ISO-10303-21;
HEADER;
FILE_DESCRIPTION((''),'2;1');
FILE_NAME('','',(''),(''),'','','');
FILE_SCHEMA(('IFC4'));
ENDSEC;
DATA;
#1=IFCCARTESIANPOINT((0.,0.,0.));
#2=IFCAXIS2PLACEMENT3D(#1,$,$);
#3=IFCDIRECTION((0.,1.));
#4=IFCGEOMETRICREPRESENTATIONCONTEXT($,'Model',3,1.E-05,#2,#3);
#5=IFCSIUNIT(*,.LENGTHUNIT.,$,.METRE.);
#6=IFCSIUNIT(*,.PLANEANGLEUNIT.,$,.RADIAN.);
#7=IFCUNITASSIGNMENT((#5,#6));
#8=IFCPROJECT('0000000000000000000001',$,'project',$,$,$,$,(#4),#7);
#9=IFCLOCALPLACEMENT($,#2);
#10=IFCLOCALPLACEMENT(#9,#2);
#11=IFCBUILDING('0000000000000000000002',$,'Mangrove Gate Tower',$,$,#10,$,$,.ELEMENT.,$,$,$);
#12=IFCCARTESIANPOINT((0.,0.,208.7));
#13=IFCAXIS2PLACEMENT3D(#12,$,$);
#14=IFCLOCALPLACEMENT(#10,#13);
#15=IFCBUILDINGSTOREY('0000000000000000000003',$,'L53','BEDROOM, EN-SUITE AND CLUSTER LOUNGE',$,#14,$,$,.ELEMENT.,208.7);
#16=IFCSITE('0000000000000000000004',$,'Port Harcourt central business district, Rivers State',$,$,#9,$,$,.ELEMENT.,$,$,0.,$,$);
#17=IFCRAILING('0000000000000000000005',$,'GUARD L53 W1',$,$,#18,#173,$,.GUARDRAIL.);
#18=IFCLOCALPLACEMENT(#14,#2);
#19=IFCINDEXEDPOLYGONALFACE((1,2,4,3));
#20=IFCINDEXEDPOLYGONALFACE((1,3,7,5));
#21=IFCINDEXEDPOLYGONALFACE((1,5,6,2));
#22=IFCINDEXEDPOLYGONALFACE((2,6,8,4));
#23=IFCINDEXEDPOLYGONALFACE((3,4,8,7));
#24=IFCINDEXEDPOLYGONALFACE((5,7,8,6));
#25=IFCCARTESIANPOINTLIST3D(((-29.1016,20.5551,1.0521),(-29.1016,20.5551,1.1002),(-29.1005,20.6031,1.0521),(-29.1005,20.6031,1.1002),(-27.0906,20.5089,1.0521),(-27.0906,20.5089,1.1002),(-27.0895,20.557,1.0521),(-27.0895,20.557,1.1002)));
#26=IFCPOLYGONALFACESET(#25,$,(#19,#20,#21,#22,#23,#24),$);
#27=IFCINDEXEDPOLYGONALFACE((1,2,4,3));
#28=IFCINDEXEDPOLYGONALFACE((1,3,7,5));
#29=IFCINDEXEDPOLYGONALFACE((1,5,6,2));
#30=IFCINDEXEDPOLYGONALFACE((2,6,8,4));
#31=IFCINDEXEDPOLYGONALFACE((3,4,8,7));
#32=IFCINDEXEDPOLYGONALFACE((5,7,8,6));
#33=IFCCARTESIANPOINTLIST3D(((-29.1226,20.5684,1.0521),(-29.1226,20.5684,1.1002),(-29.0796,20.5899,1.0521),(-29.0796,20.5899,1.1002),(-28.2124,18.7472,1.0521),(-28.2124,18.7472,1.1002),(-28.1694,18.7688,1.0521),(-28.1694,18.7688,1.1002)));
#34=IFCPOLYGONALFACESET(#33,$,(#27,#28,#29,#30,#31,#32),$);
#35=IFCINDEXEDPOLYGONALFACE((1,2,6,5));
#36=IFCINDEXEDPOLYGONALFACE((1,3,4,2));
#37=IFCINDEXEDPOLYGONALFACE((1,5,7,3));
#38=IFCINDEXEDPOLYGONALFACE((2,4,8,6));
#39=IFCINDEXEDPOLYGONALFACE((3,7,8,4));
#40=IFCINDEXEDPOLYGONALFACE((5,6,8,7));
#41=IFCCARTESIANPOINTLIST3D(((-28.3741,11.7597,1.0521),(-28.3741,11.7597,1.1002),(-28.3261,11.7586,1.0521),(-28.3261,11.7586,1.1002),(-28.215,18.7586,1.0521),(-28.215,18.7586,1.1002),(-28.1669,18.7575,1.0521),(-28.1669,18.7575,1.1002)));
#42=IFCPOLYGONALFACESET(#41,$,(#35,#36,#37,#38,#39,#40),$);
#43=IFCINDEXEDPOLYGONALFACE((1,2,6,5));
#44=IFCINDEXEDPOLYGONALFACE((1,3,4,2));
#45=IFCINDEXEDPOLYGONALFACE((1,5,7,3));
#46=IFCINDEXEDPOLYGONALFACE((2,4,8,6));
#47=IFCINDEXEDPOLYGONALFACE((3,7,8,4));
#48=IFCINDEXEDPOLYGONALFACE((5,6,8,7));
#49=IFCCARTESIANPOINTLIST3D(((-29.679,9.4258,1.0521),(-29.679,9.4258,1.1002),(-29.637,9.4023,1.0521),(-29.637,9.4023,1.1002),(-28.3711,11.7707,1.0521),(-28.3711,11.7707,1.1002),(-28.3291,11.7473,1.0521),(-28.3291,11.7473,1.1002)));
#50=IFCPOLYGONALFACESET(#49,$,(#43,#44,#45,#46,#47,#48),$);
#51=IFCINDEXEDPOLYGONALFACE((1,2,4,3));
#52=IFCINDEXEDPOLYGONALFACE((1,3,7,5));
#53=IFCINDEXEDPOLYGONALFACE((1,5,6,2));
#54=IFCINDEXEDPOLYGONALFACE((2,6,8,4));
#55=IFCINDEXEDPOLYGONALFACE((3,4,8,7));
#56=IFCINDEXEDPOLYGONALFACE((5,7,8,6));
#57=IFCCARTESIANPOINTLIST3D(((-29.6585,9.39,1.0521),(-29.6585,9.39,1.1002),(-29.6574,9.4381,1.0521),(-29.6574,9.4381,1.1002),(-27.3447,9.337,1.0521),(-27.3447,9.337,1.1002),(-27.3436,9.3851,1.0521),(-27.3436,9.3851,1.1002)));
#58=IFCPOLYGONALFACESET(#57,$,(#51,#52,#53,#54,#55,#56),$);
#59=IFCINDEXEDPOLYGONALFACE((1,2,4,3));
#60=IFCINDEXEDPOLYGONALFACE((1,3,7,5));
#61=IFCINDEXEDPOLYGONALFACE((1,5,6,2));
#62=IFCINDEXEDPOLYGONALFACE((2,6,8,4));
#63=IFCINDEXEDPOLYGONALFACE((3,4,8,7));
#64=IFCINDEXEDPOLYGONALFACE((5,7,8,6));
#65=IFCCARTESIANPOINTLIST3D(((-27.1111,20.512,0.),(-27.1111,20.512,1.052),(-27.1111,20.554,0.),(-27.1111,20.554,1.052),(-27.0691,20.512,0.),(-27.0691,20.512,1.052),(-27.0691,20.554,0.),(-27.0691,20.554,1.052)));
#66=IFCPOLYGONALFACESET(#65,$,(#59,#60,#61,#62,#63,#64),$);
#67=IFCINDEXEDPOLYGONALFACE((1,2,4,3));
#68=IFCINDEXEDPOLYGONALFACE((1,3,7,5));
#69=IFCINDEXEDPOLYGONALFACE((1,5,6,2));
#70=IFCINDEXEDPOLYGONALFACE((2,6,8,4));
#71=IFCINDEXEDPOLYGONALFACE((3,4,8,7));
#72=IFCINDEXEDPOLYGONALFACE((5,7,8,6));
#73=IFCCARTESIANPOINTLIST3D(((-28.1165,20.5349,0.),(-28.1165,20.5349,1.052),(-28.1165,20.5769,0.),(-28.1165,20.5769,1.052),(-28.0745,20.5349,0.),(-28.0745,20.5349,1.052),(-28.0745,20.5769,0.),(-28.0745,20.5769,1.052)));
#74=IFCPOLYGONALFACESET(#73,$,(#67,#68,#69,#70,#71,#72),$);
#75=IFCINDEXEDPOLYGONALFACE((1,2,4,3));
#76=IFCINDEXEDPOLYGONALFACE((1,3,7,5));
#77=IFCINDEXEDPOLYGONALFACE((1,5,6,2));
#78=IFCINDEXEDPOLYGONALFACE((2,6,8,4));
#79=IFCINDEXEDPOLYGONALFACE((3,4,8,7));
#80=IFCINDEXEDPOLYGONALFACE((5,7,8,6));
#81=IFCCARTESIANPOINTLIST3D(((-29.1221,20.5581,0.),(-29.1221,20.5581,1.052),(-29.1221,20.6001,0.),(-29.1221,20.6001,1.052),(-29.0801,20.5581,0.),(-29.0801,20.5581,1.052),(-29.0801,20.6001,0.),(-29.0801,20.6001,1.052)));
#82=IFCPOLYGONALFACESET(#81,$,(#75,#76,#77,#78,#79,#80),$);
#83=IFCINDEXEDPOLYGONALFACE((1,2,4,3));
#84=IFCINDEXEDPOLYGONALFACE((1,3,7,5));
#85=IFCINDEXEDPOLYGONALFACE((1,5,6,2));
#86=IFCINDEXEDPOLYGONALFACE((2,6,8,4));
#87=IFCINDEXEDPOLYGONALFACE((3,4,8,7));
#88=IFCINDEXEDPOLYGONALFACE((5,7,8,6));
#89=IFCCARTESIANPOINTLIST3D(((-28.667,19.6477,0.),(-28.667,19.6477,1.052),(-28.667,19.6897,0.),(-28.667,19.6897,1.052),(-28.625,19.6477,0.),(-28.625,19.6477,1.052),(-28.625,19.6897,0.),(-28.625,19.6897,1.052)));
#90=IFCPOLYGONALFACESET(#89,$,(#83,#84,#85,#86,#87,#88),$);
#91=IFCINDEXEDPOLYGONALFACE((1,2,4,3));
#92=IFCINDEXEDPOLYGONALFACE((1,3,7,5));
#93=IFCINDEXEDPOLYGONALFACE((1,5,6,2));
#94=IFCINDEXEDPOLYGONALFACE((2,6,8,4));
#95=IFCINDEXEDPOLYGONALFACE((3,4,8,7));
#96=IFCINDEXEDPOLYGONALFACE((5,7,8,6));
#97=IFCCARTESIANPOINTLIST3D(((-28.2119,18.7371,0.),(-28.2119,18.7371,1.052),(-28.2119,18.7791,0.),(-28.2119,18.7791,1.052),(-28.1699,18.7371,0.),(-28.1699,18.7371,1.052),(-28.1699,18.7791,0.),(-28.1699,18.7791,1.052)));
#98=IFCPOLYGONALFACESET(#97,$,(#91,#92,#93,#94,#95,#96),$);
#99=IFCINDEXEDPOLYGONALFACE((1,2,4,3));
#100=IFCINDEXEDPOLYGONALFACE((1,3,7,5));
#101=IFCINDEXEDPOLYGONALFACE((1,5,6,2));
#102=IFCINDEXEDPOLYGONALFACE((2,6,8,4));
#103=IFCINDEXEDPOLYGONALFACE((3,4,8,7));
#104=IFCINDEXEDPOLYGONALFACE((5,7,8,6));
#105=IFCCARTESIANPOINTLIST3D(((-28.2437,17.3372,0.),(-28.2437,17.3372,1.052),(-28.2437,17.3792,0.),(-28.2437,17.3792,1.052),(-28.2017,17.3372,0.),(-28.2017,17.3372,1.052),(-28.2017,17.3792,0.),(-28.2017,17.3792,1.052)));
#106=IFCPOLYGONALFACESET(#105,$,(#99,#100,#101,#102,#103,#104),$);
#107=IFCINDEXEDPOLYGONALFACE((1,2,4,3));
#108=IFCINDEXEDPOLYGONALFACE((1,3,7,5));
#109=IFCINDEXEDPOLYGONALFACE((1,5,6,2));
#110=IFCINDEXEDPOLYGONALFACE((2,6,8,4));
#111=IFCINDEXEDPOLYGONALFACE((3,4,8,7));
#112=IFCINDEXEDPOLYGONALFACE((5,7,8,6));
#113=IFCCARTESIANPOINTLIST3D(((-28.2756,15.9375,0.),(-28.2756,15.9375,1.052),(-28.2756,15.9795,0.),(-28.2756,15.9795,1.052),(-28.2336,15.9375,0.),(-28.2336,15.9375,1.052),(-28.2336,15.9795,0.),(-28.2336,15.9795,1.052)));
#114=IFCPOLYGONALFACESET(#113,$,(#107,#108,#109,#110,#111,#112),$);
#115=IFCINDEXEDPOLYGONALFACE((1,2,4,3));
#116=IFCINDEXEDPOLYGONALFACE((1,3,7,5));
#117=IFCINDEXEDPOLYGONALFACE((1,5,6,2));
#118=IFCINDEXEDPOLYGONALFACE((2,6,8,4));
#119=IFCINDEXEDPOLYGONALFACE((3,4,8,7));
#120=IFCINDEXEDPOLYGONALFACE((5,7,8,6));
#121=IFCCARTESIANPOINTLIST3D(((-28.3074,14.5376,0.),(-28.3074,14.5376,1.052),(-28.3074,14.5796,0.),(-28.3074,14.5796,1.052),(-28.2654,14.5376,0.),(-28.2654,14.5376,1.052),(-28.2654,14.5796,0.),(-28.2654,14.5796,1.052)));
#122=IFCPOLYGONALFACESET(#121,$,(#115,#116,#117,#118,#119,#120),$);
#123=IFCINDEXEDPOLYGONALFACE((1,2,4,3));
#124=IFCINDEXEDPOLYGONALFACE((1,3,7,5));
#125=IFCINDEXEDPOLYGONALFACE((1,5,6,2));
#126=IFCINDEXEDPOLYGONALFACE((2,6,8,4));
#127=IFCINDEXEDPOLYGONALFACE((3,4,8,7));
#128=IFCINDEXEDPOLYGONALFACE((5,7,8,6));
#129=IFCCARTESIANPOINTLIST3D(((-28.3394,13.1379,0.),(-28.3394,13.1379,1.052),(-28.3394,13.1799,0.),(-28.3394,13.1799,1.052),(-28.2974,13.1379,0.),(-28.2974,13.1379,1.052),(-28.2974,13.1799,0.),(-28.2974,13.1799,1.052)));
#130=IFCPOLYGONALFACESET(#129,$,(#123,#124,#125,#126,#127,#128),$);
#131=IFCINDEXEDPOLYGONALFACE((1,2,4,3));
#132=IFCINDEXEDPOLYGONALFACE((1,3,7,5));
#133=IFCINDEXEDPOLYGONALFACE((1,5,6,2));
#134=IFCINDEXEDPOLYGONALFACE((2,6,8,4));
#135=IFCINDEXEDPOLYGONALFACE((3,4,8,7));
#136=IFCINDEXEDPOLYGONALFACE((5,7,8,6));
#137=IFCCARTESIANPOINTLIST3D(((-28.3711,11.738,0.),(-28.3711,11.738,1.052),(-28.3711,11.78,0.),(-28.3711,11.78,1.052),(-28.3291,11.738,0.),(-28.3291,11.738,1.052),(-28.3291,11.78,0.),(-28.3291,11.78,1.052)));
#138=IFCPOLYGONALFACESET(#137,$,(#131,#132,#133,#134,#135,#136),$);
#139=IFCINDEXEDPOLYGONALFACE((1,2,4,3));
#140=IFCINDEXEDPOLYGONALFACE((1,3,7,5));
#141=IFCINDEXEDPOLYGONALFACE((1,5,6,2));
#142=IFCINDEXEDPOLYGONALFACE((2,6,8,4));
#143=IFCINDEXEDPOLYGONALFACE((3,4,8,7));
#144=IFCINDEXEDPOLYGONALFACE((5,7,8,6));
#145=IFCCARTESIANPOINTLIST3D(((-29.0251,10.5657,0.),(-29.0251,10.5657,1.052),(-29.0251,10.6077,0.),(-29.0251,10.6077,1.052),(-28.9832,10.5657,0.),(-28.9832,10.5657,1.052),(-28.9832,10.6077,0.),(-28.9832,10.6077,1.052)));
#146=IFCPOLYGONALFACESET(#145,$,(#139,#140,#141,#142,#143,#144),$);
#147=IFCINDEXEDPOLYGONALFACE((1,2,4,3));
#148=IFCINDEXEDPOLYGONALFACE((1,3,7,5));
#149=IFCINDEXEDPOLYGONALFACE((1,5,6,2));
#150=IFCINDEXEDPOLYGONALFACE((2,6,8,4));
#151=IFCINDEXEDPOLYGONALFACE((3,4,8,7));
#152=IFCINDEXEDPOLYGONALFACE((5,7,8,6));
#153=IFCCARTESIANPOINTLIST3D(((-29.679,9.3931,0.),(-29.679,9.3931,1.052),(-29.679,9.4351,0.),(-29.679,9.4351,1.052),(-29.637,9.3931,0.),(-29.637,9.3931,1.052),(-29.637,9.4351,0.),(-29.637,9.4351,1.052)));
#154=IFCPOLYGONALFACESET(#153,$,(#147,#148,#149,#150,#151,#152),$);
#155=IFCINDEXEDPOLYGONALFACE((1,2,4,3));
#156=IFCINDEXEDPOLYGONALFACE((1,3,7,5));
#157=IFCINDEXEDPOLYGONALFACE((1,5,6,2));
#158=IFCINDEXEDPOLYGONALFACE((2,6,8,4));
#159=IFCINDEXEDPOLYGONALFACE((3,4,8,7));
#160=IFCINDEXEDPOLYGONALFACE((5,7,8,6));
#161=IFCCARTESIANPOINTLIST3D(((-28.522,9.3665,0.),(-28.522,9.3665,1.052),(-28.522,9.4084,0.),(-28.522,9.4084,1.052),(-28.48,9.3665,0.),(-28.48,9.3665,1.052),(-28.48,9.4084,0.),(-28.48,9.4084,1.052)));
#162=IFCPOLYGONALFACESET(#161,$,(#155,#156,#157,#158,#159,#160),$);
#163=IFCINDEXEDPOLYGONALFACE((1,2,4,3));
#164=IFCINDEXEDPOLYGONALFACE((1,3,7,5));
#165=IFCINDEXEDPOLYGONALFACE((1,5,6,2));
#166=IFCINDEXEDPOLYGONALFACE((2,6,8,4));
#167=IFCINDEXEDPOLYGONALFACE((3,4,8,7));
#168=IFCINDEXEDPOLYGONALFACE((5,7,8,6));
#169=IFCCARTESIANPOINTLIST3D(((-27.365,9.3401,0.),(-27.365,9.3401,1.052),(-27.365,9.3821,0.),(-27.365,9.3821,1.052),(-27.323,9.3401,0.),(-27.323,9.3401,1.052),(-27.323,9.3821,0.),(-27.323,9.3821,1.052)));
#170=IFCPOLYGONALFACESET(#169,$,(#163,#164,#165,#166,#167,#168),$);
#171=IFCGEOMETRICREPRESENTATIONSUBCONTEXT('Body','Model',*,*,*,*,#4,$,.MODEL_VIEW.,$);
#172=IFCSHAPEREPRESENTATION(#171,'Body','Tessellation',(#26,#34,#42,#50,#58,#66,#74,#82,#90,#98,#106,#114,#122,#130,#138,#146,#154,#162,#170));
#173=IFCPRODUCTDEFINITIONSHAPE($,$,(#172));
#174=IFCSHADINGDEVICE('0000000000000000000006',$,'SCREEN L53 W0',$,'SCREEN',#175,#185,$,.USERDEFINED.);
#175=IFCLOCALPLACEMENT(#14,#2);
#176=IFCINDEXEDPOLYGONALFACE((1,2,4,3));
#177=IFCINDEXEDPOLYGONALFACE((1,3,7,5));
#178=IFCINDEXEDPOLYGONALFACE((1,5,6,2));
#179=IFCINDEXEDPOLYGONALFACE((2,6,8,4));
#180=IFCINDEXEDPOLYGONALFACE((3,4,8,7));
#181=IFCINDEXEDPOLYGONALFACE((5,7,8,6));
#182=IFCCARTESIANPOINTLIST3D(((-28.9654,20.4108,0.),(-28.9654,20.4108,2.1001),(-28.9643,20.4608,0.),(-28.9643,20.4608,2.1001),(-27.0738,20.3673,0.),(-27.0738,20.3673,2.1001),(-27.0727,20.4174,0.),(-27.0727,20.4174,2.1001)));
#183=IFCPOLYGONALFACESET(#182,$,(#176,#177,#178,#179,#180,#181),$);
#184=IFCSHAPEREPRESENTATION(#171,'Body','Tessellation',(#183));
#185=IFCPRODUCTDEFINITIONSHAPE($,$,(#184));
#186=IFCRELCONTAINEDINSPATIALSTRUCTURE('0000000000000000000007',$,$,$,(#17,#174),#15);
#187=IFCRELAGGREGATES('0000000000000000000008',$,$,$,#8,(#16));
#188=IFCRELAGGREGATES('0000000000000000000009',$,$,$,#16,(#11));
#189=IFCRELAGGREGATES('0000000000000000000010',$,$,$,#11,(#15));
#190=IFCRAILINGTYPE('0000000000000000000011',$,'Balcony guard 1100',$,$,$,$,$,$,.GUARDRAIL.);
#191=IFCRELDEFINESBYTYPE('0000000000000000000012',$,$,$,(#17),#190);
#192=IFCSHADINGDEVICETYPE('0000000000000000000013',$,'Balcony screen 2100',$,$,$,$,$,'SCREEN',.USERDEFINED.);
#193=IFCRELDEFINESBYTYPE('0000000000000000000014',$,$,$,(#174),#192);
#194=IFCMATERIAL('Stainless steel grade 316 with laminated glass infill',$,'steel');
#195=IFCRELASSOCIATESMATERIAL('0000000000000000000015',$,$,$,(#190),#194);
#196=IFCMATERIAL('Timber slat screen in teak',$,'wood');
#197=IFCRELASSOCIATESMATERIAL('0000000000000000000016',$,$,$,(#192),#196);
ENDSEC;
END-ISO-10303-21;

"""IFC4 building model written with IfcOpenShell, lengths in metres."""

from ifc_helpers import new_model, si_unit, direction, frame, origin, origin_2d, place, context, subcontext, project, spatial, rectangle, extrude, material, type_object, element, save


model = new_model("IFC4")

# Units and contexts
model_context = context("Model", 3, precision=1e-05, world=origin(), true_north=direction((0.0, 1.0)))
body_context = subcontext(model_context, "Body", "Model", "MODEL_VIEW")
ifc_project = project(units=[si_unit("LENGTHUNIT", "METRE"), si_unit("PLANEANGLEUNIT", "RADIAN")], contexts=[model_context])

# Site, building, storey
site_placement = place(None, origin())
site = spatial("IfcSite", under=ifc_project, at=site_placement, Name="Port Harcourt central business district, Rivers State", CompositionType="ELEMENT", RefElevation=0.0)
building_placement = place(site_placement, origin())
building = spatial("IfcBuilding", under=site, at=building_placement, Name="Mangrove Gate Tower", CompositionType="ELEMENT")
storey_placement = place(building_placement, frame((0.0, 0.0, 208.7)))
storey = spatial("IfcBuildingStorey", under=building, at=storey_placement, Name="L53", Description="BEDROOM, EN-SUITE AND CLUSTER LOUNGE", CompositionType="ELEMENT", Elevation=208.7)

# Railing
ifc_material_1 = material(Name="Stainless steel grade 316 with laminated glass infill", Category="steel")
railing_type = type_object("IfcRailingType", Name="Balcony guard 1100", PredefinedType="GUARDRAIL", material=ifc_material_1)
railing_placement = place(storey_placement, frame((-27.0901, 20.533, 0.0)))
element("IfcRailing", 1, at=railing_placement, inside=storey, type_object=railing_type, Name="GUARD L53 W1", PredefinedType="GUARDRAIL", context=body_context, shape_type="SweptSolid", body=[
    extrude(rectangle(XDim=0.0481, YDim=0.0481, at=origin_2d()), frame((0.0, 0.0, 1.0762), z_axis=(-0.999737, 0.022939, 0.0), x_axis=(-0.022939, -0.999737, 0.0)), (0.0, 0.0, 1.0), 2.0115),
    extrude(rectangle(XDim=0.0481, YDim=0.0481, at=origin_2d()), frame((-2.011, 0.0461, 1.0762), z_axis=(0.44707, -0.894499, 0.0), x_axis=(0.894499, 0.44707, 0.0)), (0.0, 0.0, 1.0), 2.0359),
    extrude(rectangle(XDim=0.0481, YDim=0.0481, at=origin_2d()), frame((-1.1008, -1.7749, 1.0762), z_axis=(-0.022737, -0.999741, 0.0), x_axis=(0.999741, -0.022737, 0.0)), (0.0, 0.0, 1.0), 7.0007),
    extrude(rectangle(XDim=0.0481, YDim=0.0481, at=origin_2d()), frame((-1.26, -8.7739, 1.0762), z_axis=(-0.487094, -0.87335, 0.0), x_axis=(0.87335, -0.487094, 0.0)), (0.0, 0.0, 1.0), 2.6851),
    extrude(rectangle(XDim=0.0481, YDim=0.0481, at=origin_2d()), frame((-2.5679, -11.1189, 1.0762), z_axis=(0.999738, -0.022889, 0.0), x_axis=(0.022889, 0.999738, 0.0)), (0.0, 0.0, 1.0), 2.3145),
    extrude(rectangle(XDim=0.042, YDim=0.042, at=origin_2d()), origin(), (0.0, 0.0, 1.0), 1.052),
    extrude(rectangle(XDim=0.042, YDim=0.042, at=origin_2d()), frame((-1.0054, 0.0229, 0.0)), (0.0, 0.0, 1.0), 1.052),
    extrude(rectangle(XDim=0.042, YDim=0.042, at=origin_2d()), frame((-2.011, 0.0461, 0.0)), (0.0, 0.0, 1.0), 1.052),
    extrude(rectangle(XDim=0.042, YDim=0.042, at=origin_2d()), frame((-1.5559, -0.8643, 0.0)), (0.0, 0.0, 1.0), 1.052),
    extrude(rectangle(XDim=0.042, YDim=0.042, at=origin_2d()), frame((-1.1008, -1.7749, 0.0)), (0.0, 0.0, 1.0), 1.052),
    extrude(rectangle(XDim=0.042, YDim=0.042, at=origin_2d()), frame((-1.1326, -3.1748, 0.0)), (0.0, 0.0, 1.0), 1.052),
    extrude(rectangle(XDim=0.042, YDim=0.042, at=origin_2d()), frame((-1.1646, -4.5745, 0.0)), (0.0, 0.0, 1.0), 1.052),
    extrude(rectangle(XDim=0.042, YDim=0.042, at=origin_2d()), frame((-1.1963, -5.9744, 0.0)), (0.0, 0.0, 1.0), 1.052),
    extrude(rectangle(XDim=0.042, YDim=0.042, at=origin_2d()), frame((-1.2283, -7.374, 0.0)), (0.0, 0.0, 1.0), 1.052),
    extrude(rectangle(XDim=0.042, YDim=0.042, at=origin_2d()), frame((-1.26, -8.7739, 0.0)), (0.0, 0.0, 1.0), 1.052),
    extrude(rectangle(XDim=0.042, YDim=0.042, at=origin_2d()), frame((-1.9141, -9.9463, 0.0)), (0.0, 0.0, 1.0), 1.052),
    extrude(rectangle(XDim=0.042, YDim=0.042, at=origin_2d()), frame((-2.5679, -11.1189, 0.0)), (0.0, 0.0, 1.0), 1.052),
    extrude(rectangle(XDim=0.042, YDim=0.042, at=origin_2d()), frame((-1.4109, -11.1455, 0.0)), (0.0, 0.0, 1.0), 1.052),
    extrude(rectangle(XDim=0.042, YDim=0.042, at=origin_2d()), frame((-0.2539, -11.1719, 0.0)), (0.0, 0.0, 1.0), 1.052),
])

# Shading device
ifc_material_2 = material(Name="Timber slat screen in teak", Category="wood")
shading_device_type = type_object("IfcShadingDeviceType", Name="Balcony screen 2100", ElementType="SCREEN", PredefinedType="USERDEFINED", material=ifc_material_2)
shading_device_placement = place(storey_placement, frame((-28.019, 20.4141, 0.0), z_axis=(0.0, 0.0, 1.0), x_axis=(-0.999737, 0.022949, 0.0)))
element("IfcShadingDevice", 2, at=shading_device_placement, inside=storey, type_object=shading_device_type, Name="SCREEN L53 W0", ObjectType="SCREEN", PredefinedType="USERDEFINED", context=body_context, shape_type="SweptSolid", body=[
    extrude(rectangle(XDim=1.8921, YDim=0.05, at=origin_2d()), origin(), (0.0, 0.0, 1.0), 2.1001),
])

save(model, "model.ifc")
